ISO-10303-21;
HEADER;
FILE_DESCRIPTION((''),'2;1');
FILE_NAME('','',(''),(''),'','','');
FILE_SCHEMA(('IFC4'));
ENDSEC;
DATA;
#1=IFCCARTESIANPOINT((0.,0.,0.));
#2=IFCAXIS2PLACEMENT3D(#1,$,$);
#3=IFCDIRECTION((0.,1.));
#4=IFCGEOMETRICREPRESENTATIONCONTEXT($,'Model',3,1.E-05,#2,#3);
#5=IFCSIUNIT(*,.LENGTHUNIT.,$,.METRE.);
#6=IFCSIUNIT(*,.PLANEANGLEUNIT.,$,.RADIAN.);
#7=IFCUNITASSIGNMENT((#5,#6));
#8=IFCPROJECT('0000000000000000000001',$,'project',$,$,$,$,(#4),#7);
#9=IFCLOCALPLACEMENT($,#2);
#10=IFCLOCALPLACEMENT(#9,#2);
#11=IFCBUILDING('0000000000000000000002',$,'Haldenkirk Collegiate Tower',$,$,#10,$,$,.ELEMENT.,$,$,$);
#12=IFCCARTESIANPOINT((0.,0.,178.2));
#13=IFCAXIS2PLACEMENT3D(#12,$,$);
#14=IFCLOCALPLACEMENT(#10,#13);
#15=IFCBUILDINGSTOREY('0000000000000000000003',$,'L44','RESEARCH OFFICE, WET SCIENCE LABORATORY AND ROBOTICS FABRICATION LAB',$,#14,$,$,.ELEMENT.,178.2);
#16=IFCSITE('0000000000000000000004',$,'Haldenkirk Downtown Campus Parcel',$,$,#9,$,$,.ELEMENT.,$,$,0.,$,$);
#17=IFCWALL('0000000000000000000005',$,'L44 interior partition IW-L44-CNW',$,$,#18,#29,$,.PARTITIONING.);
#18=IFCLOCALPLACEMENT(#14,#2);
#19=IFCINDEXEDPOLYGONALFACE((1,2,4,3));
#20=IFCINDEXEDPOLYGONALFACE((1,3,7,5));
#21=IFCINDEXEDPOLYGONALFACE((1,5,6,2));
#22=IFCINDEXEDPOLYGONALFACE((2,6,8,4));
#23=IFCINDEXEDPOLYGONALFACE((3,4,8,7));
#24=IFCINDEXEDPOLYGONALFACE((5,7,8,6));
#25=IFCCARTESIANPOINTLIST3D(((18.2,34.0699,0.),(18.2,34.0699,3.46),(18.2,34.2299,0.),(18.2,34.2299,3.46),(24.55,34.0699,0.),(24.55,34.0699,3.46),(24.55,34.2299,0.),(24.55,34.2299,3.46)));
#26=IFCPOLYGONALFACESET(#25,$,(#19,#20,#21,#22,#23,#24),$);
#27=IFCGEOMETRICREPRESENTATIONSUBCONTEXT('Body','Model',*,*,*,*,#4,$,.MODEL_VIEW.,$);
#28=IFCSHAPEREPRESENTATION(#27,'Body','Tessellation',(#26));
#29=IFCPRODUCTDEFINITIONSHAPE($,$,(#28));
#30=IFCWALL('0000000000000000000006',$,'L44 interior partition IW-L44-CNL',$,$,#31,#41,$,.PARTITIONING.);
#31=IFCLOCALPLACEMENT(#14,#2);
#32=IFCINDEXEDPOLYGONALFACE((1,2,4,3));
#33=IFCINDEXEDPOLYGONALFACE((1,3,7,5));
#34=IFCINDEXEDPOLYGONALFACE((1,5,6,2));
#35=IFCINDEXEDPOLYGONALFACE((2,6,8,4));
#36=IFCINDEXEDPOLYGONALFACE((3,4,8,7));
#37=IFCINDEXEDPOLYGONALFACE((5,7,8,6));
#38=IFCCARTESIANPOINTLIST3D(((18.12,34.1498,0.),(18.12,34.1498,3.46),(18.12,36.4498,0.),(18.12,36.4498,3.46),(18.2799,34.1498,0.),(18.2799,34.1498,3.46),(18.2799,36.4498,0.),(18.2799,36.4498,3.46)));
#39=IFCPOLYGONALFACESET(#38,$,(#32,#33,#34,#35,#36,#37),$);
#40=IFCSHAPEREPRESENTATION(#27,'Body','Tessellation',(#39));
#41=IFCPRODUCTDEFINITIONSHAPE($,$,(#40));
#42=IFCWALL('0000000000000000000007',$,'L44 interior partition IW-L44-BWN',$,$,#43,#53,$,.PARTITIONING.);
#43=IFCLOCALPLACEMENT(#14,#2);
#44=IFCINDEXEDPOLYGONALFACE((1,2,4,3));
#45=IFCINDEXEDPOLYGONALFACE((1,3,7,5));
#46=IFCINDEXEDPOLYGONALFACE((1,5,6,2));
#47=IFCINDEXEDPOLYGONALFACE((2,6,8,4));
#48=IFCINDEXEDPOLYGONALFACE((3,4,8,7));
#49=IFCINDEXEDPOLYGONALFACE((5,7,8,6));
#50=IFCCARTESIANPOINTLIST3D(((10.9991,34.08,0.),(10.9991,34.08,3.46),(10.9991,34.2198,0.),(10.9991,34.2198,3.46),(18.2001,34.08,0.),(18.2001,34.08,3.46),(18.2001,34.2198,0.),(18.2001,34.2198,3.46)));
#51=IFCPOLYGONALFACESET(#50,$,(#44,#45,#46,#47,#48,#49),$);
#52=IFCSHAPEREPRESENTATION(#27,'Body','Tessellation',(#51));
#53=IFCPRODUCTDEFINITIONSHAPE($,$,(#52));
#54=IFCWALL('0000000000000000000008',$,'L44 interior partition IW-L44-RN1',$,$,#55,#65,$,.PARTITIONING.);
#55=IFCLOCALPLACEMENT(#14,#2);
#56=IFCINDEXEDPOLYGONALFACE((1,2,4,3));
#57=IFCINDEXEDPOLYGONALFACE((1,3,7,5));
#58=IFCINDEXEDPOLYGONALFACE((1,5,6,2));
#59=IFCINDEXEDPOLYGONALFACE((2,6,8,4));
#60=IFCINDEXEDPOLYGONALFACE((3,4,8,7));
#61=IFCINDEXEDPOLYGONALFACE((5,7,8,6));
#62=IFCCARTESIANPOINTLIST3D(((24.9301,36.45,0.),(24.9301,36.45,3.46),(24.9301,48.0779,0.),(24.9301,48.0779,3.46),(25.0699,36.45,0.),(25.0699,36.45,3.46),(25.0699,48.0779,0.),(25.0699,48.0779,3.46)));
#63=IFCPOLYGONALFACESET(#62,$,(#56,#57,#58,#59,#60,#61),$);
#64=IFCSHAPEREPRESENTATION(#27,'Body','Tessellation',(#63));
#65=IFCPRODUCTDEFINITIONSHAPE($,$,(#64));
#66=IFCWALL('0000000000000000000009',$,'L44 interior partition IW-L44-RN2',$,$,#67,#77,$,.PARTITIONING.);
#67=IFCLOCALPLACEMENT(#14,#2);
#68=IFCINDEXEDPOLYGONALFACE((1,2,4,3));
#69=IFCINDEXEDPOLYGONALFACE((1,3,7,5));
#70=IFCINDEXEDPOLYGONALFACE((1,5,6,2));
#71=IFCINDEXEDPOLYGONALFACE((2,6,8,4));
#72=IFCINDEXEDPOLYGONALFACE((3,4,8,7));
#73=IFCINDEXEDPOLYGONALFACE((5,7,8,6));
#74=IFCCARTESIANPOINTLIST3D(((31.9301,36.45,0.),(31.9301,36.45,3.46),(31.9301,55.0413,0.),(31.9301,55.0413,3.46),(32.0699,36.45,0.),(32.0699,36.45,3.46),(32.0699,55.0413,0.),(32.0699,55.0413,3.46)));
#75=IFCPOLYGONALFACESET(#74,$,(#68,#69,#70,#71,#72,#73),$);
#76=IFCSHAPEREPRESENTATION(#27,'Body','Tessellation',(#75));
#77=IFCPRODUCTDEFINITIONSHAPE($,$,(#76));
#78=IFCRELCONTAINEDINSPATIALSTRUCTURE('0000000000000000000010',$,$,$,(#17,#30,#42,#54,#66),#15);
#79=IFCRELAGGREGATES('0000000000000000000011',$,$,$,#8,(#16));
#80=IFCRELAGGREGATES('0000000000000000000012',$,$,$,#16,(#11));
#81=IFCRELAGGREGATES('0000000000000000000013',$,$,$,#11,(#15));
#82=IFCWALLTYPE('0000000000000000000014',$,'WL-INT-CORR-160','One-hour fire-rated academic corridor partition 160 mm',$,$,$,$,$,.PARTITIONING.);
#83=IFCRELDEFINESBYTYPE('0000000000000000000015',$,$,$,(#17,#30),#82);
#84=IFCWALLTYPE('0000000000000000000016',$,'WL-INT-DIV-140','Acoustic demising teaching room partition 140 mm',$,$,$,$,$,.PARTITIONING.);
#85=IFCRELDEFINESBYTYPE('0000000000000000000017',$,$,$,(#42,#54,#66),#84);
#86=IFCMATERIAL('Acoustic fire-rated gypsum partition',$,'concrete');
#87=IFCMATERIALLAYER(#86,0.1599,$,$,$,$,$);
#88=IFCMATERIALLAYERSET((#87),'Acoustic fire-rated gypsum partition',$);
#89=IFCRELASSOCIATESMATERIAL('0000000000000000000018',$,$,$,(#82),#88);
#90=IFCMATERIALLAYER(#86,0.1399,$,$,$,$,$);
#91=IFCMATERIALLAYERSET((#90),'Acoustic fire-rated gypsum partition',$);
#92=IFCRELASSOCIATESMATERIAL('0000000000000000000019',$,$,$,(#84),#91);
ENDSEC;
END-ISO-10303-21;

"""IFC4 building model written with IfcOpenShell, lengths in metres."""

from ifc_helpers import new_model, si_unit, direction, frame, frame_2d, origin, place, context, subcontext, project, spatial, rectangle, extrude, material, layer, layer_set, type_object, element, save


model = new_model("IFC4")

# Units and contexts
model_context = context("Model", 3, precision=1e-05, world=origin(), true_north=direction((0.0, 1.0)))
body_context = subcontext(model_context, "Body", "Model", "MODEL_VIEW")
ifc_project = project(units=[si_unit("LENGTHUNIT", "METRE"), si_unit("PLANEANGLEUNIT", "RADIAN")], contexts=[model_context])

# Site, building, storey
site_placement = place(None, origin())
site = spatial("IfcSite", under=ifc_project, at=site_placement, Name="Haldenkirk Downtown Campus Parcel", CompositionType="ELEMENT", RefElevation=0.0)
building_placement = place(site_placement, origin())
building = spatial("IfcBuilding", under=site, at=building_placement, Name="Haldenkirk Collegiate Tower", CompositionType="ELEMENT")
storey_placement = place(building_placement, frame((0.0, 0.0, 178.2)))
storey = spatial("IfcBuildingStorey", under=building, at=storey_placement, Name="L44", Description="RESEARCH OFFICE, WET SCIENCE LABORATORY AND ROBOTICS FABRICATION LAB", CompositionType="ELEMENT", Elevation=178.2)

# Shared definitions
ifc_material_1 = material(Name="Acoustic fire-rated gypsum partition", Category="concrete")
ifc_layer_1 = layer(ifc_material_1, 0.1599)
ifc_layer_set_1 = layer_set([ifc_layer_1], Name="Acoustic fire-rated gypsum partition")
wall_type_1 = type_object("IfcWallType", Name="WL-INT-CORR-160", Description="One-hour fire-rated academic corridor partition 160 mm", PredefinedType="PARTITIONING", material=ifc_layer_set_1)

# Walls
wall_1_placement = place(storey_placement, frame((18.2, 34.1499, 0.0), z_axis=(0.0, 0.0, 1.0), x_axis=(1.0, 0.0, 0.0)))
element("IfcWall", 1, at=wall_1_placement, inside=storey, type_object=wall_type_1, Name="L44 interior partition IW-L44-CNW", PredefinedType="PARTITIONING", context=body_context, shape_type="SweptSolid", body=[
    extrude(rectangle(XDim=6.3501, YDim=0.1599, at=frame_2d((3.175, 0.0))), origin(), (0.0, 0.0, 1.0), 3.46),
])
wall_2_placement = place(storey_placement, frame((18.2, 34.1499, 0.0), z_axis=(0.0, 0.0, 1.0), x_axis=(0.0, 1.0, 0.0)))
element("IfcWall", 2, at=wall_2_placement, inside=storey, type_object=wall_type_1, Name="L44 interior partition IW-L44-CNL", PredefinedType="PARTITIONING", context=body_context, shape_type="SweptSolid", body=[
    extrude(rectangle(XDim=2.3, YDim=0.1599, at=frame_2d((1.1499, 0.0))), origin(), (0.0, 0.0, 1.0), 3.46),
])
ifc_layer_2 = layer(ifc_material_1, 0.1399)
ifc_layer_set_2 = layer_set([ifc_layer_2], Name="Acoustic fire-rated gypsum partition")
wall_type_2 = type_object("IfcWallType", Name="WL-INT-DIV-140", Description="Acoustic demising teaching room partition 140 mm", PredefinedType="PARTITIONING", material=ifc_layer_set_2)
wall_3_placement = place(storey_placement, frame((10.999, 34.1499, 0.0), z_axis=(0.0, 0.0, 1.0), x_axis=(1.0, 0.0, 0.0)))
element("IfcWall", 3, at=wall_3_placement, inside=storey, type_object=wall_type_2, Name="L44 interior partition IW-L44-BWN", PredefinedType="PARTITIONING", context=body_context, shape_type="SweptSolid", body=[
    extrude(rectangle(XDim=7.2009, YDim=0.1399, at=frame_2d((3.6006, 0.0))), origin(), (0.0, 0.0, 1.0), 3.46),
])
wall_4_placement = place(storey_placement, frame((25.0, 36.45, 0.0), z_axis=(0.0, 0.0, 1.0), x_axis=(0.0, 1.0, 0.0)))
element("IfcWall", 4, at=wall_4_placement, inside=storey, type_object=wall_type_2, Name="L44 interior partition IW-L44-RN1", PredefinedType="PARTITIONING", context=body_context, shape_type="SweptSolid", body=[
    extrude(rectangle(XDim=11.6279, YDim=0.1399, at=frame_2d((5.814, 0.0))), origin(), (0.0, 0.0, 1.0), 3.46),
])
wall_5_placement = place(storey_placement, frame((32.0, 36.45, 0.0), z_axis=(0.0, 0.0, 1.0), x_axis=(0.0, 1.0, 0.0)))
element("IfcWall", 5, at=wall_5_placement, inside=storey, type_object=wall_type_2, Name="L44 interior partition IW-L44-RN2", PredefinedType="PARTITIONING", context=body_context, shape_type="SweptSolid", body=[
    extrude(rectangle(XDim=18.5913, YDim=0.1399, at=frame_2d((9.2957, 0.0))), origin(), (0.0, 0.0, 1.0), 3.46),
])

save(model, "model.ifc")
